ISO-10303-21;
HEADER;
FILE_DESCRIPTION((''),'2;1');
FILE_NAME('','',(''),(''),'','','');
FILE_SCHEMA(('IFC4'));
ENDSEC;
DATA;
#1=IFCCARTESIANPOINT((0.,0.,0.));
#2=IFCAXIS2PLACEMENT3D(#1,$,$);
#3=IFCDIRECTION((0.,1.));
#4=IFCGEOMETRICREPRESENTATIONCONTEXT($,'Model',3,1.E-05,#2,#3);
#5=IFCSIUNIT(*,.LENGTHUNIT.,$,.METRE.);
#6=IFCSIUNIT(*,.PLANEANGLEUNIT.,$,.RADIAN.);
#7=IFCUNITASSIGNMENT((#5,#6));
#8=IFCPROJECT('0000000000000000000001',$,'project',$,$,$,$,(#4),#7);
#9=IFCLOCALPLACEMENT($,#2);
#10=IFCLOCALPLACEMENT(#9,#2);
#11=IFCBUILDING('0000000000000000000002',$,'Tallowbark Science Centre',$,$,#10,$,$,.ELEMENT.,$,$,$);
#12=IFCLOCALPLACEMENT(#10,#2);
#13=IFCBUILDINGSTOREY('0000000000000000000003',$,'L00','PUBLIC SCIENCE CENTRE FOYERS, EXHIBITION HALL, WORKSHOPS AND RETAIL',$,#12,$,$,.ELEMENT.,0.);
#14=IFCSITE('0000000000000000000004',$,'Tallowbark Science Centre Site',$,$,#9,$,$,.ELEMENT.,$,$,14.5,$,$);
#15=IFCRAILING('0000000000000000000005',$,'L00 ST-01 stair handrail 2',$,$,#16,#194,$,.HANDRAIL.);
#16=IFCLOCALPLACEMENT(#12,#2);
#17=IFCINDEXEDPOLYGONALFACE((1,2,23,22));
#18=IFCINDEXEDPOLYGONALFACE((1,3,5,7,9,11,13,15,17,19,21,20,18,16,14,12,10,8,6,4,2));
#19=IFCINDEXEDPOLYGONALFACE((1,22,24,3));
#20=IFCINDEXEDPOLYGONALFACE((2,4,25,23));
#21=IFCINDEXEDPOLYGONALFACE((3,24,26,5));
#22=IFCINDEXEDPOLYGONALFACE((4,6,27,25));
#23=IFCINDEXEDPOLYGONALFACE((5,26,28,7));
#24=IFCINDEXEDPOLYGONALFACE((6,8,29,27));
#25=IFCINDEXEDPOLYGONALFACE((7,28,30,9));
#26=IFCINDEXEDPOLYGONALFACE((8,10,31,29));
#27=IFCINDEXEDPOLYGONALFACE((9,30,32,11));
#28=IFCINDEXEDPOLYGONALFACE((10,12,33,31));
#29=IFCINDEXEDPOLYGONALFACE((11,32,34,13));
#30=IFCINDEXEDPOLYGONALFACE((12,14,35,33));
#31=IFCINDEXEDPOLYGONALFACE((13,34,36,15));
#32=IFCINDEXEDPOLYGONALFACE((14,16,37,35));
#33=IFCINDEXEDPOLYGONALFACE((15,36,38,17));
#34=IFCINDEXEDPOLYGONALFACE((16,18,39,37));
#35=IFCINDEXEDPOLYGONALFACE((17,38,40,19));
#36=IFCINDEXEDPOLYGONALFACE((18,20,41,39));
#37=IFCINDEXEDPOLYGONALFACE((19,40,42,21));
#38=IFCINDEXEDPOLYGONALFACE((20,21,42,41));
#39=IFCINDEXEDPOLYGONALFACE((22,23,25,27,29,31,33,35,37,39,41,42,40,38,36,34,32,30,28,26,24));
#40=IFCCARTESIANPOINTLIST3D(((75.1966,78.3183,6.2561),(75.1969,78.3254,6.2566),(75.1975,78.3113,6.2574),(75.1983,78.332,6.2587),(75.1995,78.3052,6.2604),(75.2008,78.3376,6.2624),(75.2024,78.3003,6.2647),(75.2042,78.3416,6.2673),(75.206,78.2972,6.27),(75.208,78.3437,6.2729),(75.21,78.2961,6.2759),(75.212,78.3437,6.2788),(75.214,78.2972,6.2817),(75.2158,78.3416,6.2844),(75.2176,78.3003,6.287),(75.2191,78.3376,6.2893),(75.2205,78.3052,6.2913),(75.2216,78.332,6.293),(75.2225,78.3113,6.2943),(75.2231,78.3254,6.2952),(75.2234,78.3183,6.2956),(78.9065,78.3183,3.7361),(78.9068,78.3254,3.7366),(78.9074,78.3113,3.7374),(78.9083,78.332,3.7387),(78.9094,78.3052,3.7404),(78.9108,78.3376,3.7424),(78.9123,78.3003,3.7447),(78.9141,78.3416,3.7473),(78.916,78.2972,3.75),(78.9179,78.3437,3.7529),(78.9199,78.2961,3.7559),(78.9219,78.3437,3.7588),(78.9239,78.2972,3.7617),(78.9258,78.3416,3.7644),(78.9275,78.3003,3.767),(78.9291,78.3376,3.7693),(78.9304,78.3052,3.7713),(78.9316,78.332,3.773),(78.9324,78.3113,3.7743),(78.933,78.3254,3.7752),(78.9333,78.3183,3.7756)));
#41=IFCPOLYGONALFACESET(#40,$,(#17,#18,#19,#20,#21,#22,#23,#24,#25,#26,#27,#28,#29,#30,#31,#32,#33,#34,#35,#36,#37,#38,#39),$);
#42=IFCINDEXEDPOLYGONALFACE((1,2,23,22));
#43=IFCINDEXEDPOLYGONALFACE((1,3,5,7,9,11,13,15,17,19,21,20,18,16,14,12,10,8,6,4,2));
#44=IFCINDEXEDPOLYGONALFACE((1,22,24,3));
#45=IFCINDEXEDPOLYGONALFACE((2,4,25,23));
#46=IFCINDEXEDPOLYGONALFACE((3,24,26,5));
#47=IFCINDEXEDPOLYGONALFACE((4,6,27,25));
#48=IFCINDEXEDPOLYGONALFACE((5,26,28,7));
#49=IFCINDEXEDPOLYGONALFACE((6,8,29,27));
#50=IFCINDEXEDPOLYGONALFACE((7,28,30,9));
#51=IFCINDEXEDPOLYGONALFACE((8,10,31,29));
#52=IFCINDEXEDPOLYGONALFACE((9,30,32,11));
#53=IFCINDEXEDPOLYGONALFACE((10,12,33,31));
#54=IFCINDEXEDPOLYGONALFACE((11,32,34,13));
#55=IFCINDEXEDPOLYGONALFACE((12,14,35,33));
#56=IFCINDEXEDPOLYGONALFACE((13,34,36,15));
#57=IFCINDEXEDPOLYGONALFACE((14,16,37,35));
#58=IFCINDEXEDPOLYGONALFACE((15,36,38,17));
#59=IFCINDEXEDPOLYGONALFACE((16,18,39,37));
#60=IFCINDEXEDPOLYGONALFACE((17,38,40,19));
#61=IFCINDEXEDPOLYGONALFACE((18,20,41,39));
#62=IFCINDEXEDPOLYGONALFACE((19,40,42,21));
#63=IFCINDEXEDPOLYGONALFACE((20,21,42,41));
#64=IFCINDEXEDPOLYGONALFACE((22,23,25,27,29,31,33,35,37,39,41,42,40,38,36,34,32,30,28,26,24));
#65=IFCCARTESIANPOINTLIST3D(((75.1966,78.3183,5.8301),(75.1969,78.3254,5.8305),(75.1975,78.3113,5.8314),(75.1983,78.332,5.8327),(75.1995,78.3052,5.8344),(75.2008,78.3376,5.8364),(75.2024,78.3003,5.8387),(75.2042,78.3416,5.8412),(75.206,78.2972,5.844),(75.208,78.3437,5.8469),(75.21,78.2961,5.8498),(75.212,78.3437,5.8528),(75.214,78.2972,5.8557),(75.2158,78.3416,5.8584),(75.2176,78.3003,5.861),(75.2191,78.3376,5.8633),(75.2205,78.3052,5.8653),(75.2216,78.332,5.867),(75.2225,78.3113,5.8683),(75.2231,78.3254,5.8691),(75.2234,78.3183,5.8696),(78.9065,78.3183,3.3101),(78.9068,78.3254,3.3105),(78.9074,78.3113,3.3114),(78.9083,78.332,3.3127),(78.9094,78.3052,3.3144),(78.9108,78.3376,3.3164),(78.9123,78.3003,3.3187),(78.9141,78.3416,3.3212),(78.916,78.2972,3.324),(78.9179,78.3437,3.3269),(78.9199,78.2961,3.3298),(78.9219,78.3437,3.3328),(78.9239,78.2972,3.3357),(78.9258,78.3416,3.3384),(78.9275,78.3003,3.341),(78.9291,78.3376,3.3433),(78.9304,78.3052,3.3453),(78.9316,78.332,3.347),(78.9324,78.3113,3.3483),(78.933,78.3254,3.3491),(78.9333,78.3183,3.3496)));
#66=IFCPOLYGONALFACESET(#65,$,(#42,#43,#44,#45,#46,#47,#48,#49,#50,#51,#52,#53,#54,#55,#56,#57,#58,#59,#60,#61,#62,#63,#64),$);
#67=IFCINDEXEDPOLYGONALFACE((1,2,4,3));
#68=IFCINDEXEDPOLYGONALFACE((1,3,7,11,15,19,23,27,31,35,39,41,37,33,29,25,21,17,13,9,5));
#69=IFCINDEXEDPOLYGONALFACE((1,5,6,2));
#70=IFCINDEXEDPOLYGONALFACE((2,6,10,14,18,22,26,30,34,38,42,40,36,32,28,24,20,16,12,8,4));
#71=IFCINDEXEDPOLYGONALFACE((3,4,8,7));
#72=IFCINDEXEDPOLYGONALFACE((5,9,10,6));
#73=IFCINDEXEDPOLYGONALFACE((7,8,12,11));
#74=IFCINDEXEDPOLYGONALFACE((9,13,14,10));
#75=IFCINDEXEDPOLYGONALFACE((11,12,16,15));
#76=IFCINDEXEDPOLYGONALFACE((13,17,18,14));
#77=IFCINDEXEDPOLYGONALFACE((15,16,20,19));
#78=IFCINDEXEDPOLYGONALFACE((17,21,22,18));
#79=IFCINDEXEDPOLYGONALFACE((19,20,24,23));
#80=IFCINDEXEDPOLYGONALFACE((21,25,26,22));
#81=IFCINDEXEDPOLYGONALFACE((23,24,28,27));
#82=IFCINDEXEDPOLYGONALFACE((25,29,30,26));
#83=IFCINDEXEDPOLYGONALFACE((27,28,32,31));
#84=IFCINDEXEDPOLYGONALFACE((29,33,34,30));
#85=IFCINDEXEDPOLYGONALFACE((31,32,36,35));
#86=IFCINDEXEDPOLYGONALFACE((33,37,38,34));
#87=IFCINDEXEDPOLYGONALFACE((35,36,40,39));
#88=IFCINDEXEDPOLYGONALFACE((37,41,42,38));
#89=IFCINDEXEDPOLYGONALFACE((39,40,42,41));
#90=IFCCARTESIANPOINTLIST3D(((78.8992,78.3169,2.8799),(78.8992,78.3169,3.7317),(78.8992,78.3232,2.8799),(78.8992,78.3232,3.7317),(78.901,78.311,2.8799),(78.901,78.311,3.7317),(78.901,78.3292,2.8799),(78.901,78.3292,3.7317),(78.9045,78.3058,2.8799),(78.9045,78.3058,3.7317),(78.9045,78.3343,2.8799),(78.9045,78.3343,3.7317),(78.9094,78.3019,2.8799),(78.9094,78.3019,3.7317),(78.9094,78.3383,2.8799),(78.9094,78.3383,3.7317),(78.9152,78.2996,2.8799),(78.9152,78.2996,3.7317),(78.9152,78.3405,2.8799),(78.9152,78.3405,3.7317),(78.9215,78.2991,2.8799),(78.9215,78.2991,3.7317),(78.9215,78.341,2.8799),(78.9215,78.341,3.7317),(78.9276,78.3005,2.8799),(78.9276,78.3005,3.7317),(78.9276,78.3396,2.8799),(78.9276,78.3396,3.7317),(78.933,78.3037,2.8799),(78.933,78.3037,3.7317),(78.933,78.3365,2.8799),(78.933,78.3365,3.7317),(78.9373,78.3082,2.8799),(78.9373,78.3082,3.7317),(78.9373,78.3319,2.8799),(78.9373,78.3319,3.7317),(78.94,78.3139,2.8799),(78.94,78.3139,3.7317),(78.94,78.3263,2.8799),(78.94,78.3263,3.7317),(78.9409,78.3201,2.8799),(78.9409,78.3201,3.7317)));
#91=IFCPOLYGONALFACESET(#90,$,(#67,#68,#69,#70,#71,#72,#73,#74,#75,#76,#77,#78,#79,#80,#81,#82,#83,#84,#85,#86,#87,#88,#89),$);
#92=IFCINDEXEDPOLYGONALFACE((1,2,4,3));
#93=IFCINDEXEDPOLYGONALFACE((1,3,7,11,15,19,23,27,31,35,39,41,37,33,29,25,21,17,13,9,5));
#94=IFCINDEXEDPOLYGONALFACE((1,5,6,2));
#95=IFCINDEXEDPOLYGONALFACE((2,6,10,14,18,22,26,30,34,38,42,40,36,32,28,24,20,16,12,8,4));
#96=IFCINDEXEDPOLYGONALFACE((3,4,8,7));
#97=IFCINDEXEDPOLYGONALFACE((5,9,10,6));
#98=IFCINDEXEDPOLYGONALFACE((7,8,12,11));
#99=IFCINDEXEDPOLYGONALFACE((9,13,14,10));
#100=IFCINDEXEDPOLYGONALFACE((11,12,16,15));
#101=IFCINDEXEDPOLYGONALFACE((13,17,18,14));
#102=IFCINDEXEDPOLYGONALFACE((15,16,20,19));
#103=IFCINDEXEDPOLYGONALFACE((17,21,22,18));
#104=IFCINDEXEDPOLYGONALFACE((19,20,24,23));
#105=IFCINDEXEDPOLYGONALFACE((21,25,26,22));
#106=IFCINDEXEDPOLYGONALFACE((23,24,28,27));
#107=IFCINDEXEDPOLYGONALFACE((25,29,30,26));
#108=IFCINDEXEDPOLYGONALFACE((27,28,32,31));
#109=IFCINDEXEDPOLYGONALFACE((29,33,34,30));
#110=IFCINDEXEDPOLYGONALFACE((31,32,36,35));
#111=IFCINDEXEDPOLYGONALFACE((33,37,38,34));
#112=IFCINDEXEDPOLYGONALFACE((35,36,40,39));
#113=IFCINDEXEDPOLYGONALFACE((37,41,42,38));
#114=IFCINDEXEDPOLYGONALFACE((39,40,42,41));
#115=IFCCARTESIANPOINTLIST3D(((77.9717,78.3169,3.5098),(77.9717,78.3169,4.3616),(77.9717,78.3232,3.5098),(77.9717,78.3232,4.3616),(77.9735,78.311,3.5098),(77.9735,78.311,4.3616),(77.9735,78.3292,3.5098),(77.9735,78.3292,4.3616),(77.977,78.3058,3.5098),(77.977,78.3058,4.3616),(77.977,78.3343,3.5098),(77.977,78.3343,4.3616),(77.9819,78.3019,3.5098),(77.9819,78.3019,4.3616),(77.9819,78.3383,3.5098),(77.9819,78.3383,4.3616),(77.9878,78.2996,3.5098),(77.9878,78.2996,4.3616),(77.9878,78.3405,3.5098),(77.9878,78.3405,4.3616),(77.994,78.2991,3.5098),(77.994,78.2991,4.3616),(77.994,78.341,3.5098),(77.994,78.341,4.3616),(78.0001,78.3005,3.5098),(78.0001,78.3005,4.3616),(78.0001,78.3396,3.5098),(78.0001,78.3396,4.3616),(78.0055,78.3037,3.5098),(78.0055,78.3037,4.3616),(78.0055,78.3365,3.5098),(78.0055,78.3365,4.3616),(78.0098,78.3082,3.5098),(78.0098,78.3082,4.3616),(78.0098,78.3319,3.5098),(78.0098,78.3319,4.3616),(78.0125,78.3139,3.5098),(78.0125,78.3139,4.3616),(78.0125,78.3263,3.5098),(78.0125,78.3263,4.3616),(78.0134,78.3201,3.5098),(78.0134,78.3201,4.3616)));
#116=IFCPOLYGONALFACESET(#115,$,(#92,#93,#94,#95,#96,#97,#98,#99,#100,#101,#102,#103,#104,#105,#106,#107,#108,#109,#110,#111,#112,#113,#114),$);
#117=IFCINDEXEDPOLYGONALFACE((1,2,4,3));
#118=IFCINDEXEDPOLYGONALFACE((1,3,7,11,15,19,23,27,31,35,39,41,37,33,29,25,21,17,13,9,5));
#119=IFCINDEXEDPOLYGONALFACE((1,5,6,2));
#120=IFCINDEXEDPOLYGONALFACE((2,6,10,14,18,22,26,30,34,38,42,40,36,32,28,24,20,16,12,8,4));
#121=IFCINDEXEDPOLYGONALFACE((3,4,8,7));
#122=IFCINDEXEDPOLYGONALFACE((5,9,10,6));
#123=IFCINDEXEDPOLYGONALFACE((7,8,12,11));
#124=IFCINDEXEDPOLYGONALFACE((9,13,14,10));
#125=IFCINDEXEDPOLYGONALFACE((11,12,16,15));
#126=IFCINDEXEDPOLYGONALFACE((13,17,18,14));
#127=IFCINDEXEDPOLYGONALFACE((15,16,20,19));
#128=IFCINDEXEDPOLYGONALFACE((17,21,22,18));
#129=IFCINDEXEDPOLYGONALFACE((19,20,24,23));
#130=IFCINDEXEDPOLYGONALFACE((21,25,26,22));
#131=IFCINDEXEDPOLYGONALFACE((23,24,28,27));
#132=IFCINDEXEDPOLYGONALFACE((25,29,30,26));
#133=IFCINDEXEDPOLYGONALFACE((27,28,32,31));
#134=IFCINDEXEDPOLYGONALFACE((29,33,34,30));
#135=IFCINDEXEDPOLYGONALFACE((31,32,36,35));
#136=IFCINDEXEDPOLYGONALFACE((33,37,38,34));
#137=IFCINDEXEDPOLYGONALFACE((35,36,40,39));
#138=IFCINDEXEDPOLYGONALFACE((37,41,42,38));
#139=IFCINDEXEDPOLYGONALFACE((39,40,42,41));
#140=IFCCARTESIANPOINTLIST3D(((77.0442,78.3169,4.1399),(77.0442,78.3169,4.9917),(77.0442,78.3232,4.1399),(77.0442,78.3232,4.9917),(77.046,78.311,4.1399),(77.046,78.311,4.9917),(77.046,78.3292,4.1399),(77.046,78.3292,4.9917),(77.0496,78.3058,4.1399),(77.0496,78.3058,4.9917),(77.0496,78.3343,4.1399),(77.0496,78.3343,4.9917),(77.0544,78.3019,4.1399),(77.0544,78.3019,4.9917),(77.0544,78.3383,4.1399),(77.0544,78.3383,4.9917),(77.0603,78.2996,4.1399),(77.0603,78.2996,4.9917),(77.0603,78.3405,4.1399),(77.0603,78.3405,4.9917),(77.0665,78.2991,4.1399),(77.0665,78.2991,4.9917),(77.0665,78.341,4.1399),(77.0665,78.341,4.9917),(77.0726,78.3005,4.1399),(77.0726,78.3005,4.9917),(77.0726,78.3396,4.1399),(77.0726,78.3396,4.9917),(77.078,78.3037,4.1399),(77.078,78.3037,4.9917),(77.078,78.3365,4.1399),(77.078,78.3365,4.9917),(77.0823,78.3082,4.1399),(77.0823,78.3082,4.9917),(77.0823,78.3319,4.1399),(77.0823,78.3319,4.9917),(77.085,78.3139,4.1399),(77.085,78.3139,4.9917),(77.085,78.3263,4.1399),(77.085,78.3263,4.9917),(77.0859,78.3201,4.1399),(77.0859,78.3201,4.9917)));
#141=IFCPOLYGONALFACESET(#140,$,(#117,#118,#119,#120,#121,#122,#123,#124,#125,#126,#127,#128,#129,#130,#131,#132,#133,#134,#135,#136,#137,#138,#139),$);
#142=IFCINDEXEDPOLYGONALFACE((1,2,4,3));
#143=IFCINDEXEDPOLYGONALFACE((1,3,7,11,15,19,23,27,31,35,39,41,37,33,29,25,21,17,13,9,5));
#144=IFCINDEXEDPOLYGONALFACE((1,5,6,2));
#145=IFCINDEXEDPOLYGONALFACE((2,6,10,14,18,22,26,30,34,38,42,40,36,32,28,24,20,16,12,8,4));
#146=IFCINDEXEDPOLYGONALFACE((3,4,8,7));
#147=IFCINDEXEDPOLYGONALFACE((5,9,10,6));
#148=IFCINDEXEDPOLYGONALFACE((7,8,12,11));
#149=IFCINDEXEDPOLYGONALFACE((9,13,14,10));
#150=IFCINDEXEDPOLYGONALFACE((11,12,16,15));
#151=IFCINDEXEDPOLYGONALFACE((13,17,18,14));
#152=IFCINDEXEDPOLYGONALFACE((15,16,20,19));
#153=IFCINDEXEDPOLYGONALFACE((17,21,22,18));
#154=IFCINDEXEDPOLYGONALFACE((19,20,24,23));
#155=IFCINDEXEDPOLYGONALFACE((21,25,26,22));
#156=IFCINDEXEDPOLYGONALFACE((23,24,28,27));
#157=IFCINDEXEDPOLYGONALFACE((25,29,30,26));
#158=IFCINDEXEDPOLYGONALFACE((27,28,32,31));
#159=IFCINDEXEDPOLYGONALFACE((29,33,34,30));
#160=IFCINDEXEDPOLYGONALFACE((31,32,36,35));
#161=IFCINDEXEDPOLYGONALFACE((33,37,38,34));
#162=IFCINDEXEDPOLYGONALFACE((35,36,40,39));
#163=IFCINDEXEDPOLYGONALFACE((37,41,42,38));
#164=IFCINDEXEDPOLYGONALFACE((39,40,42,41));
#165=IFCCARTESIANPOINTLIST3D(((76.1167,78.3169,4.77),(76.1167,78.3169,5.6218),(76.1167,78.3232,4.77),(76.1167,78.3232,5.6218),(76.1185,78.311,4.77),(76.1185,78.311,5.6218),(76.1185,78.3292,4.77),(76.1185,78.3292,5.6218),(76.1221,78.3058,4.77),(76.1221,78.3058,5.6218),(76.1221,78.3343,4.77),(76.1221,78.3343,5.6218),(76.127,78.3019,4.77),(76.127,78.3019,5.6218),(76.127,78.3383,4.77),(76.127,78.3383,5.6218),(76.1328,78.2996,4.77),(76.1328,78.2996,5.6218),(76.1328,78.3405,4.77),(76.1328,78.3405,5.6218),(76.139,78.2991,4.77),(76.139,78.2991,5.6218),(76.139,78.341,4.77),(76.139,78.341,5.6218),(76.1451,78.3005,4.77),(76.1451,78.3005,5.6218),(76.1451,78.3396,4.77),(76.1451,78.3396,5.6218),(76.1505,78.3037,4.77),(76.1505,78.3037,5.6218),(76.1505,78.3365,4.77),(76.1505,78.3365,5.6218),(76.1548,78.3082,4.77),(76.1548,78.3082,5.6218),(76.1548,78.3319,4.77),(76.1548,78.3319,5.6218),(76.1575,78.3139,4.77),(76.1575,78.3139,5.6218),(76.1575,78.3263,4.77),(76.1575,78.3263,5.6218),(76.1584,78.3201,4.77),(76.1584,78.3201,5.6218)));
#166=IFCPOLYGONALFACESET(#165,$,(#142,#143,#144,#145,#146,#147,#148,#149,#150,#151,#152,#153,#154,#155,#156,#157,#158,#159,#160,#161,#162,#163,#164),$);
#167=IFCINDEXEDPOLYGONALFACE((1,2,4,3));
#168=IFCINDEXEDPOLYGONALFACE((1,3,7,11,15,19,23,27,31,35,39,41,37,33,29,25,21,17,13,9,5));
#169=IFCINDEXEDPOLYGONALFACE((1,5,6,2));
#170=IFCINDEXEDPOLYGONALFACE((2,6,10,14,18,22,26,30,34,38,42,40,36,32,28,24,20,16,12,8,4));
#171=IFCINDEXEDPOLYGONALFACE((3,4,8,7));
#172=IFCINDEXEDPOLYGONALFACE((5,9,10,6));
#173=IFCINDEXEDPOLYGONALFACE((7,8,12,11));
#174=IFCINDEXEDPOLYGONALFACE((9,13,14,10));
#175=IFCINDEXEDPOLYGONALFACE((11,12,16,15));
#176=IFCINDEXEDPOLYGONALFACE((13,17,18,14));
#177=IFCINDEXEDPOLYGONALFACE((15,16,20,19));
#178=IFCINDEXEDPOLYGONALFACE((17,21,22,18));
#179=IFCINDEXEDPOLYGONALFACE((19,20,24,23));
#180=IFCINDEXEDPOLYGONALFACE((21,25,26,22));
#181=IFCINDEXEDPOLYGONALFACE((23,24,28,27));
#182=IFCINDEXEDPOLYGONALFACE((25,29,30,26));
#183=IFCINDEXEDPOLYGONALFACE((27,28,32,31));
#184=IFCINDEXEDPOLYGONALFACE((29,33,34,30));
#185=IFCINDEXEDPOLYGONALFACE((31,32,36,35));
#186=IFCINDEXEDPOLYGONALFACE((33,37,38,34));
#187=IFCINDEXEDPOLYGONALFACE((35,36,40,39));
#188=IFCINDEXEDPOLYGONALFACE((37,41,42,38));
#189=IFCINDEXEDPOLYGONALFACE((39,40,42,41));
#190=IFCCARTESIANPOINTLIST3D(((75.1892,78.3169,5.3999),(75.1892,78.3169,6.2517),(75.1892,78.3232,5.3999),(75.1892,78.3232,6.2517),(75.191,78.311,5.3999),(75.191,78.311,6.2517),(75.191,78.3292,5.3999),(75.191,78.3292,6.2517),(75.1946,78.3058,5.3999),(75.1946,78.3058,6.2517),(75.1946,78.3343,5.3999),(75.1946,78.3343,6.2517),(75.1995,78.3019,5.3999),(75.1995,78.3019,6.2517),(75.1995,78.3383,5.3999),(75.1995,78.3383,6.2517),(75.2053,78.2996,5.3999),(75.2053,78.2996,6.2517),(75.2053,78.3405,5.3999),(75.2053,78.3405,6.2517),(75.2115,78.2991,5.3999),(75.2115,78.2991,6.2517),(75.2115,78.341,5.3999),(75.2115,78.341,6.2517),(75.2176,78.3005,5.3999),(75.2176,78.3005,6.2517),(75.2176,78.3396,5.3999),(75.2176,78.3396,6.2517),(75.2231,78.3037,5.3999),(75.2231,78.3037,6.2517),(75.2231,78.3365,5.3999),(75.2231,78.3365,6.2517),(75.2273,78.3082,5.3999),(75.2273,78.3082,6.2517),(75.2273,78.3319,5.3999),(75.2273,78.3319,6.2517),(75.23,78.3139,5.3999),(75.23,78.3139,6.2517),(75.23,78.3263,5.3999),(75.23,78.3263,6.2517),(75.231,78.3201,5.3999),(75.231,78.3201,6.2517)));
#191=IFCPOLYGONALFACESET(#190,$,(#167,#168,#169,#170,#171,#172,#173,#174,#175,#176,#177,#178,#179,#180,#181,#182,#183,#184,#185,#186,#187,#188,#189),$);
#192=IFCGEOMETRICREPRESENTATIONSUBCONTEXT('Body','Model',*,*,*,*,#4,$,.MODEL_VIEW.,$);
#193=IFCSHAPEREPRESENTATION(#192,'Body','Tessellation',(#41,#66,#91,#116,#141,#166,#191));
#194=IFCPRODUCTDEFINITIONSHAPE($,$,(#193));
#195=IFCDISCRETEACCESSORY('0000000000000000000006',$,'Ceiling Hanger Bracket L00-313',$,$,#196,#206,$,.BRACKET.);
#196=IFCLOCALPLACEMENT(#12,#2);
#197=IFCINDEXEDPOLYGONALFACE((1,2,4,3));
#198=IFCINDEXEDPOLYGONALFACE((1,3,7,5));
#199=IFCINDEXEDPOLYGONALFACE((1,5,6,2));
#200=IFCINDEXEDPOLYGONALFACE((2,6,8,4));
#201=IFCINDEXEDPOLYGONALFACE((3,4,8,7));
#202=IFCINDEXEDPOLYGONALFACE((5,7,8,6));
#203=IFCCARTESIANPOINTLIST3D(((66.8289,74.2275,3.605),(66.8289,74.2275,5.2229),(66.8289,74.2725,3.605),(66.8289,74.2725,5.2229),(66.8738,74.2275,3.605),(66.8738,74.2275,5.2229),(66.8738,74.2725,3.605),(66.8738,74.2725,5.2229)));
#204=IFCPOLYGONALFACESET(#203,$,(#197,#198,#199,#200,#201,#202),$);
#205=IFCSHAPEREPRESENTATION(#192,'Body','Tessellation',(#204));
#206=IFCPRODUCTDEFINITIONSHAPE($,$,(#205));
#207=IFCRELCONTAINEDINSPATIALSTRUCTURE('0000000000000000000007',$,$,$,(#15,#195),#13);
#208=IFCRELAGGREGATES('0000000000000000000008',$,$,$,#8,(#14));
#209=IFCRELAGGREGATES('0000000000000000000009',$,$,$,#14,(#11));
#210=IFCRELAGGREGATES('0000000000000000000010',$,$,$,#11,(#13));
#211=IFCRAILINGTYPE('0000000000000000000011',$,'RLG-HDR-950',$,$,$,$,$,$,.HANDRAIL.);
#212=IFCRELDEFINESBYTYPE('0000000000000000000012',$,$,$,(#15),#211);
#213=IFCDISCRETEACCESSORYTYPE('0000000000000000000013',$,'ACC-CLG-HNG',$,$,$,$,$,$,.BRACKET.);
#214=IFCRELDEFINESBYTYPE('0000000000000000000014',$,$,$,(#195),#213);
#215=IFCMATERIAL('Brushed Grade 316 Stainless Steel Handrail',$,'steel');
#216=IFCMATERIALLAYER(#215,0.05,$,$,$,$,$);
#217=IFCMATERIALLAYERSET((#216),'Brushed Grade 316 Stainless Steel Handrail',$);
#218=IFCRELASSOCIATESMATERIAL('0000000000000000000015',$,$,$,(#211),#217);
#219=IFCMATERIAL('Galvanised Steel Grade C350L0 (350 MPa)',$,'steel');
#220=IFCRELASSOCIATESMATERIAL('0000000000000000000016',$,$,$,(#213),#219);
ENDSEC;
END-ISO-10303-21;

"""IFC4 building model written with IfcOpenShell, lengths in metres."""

from ifc_helpers import new_model, si_unit, direction, frame, origin, origin_2d, place, context, subcontext, project, spatial, rectangle, circle, extrude, material, layer, layer_set, type_object, element, save


model = new_model("IFC4")

# Units and contexts
model_context = context("Model", 3, precision=1e-05, world=origin(), true_north=direction((0.0, 1.0)))
body_context = subcontext(model_context, "Body", "Model", "MODEL_VIEW")
ifc_project = project(units=[si_unit("LENGTHUNIT", "METRE"), si_unit("PLANEANGLEUNIT", "RADIAN")], contexts=[model_context])

# Site, building, storey
site_placement = place(None, origin())
site = spatial("IfcSite", under=ifc_project, at=site_placement, Name="Tallowbark Science Centre Site", CompositionType="ELEMENT", RefElevation=14.5)
building_placement = place(site_placement, origin())
building = spatial("IfcBuilding", under=site, at=building_placement, Name="Tallowbark Science Centre", CompositionType="ELEMENT")
storey_placement = place(building_placement, origin())
storey = spatial("IfcBuildingStorey", under=building, at=storey_placement, Name="L00", Description="PUBLIC SCIENCE CENTRE FOYERS, EXHIBITION HALL, WORKSHOPS AND RETAIL", CompositionType="ELEMENT", Elevation=0.0)

# Railing
ifc_material_1 = material(Name="Brushed Grade 316 Stainless Steel Handrail", Category="steel")
ifc_layer_1 = layer(ifc_material_1, 0.05)
ifc_layer_set_1 = layer_set([ifc_layer_1], Name="Brushed Grade 316 Stainless Steel Handrail")
railing_type_1 = type_object("IfcRailingType", Name="RLG-HDR-950", PredefinedType="HANDRAIL", material=ifc_layer_set_1)
railing_1_placement = place(storey_placement, frame((78.9199, 78.3201, 2.8799)))
element("IfcRailing", 1, at=railing_1_placement, inside=storey, type_object=railing_type_1, Name="L00 ST-01 stair handrail 2", PredefinedType="HANDRAIL", context=body_context, shape_type="SweptSolid", body=[
    extrude(circle(Radius=0.0239, at=origin_2d()), frame((0.0, 0.0, 0.876), z_axis=(-0.827212, 0.0, 0.56189), x_axis=(0.0, -1.0, 0.0)), (0.0, 0.0, 1.0), 4.4849),
    extrude(circle(Radius=0.0239, at=origin_2d()), frame((0.0, 0.0, 0.45), z_axis=(-0.827212, 0.0, 0.56189), x_axis=(0.0, -1.0, 0.0)), (0.0, 0.0, 1.0), 4.4849),
    extrude(circle(Radius=0.021, at=origin_2d()), origin(), (0.0, 0.0, 1.0), 0.8518),
    extrude(circle(Radius=0.021, at=origin_2d()), frame((-0.9275, 0.0, 0.6299)), (0.0, 0.0, 1.0), 0.8518),
    extrude(circle(Radius=0.021, at=origin_2d()), frame((-1.855, 0.0, 1.26)), (0.0, 0.0, 1.0), 0.8518),
    extrude(circle(Radius=0.021, at=origin_2d()), frame((-2.7825, 0.0, 1.8901)), (0.0, 0.0, 1.0), 0.8518),
    extrude(circle(Radius=0.021, at=origin_2d()), frame((-3.71, 0.0, 2.52)), (0.0, 0.0, 1.0), 0.8518),
])

# Discrete accessory
ifc_material_2 = material(Name="Galvanised Steel Grade C350L0 (350 MPa)", Category="steel")
discrete_accessory_type = type_object("IfcDiscreteAccessoryType", Name="ACC-CLG-HNG", PredefinedType="BRACKET", material=ifc_material_2)
for number, where, z_axis, x_axis, name in (
    (2, (66.8513, 74.25, 3.605), (0.0, 0.0, 1.0), (1.0, 0.0, 0.0), "Ceiling Hanger Bracket L00-313"),
):
    element("IfcDiscreteAccessory", number, at=place(storey_placement, frame(where, z_axis=z_axis, x_axis=x_axis)), inside=storey, type_object=discrete_accessory_type, Name=name, PredefinedType="BRACKET", context=body_context, shape_type="SweptSolid", body=[
        extrude(rectangle(XDim=0.0449, YDim=0.0449, at=origin_2d()), origin(), (0.0, 0.0, 1.0), 1.6179),
    ])

save(model, "model.ifc")
